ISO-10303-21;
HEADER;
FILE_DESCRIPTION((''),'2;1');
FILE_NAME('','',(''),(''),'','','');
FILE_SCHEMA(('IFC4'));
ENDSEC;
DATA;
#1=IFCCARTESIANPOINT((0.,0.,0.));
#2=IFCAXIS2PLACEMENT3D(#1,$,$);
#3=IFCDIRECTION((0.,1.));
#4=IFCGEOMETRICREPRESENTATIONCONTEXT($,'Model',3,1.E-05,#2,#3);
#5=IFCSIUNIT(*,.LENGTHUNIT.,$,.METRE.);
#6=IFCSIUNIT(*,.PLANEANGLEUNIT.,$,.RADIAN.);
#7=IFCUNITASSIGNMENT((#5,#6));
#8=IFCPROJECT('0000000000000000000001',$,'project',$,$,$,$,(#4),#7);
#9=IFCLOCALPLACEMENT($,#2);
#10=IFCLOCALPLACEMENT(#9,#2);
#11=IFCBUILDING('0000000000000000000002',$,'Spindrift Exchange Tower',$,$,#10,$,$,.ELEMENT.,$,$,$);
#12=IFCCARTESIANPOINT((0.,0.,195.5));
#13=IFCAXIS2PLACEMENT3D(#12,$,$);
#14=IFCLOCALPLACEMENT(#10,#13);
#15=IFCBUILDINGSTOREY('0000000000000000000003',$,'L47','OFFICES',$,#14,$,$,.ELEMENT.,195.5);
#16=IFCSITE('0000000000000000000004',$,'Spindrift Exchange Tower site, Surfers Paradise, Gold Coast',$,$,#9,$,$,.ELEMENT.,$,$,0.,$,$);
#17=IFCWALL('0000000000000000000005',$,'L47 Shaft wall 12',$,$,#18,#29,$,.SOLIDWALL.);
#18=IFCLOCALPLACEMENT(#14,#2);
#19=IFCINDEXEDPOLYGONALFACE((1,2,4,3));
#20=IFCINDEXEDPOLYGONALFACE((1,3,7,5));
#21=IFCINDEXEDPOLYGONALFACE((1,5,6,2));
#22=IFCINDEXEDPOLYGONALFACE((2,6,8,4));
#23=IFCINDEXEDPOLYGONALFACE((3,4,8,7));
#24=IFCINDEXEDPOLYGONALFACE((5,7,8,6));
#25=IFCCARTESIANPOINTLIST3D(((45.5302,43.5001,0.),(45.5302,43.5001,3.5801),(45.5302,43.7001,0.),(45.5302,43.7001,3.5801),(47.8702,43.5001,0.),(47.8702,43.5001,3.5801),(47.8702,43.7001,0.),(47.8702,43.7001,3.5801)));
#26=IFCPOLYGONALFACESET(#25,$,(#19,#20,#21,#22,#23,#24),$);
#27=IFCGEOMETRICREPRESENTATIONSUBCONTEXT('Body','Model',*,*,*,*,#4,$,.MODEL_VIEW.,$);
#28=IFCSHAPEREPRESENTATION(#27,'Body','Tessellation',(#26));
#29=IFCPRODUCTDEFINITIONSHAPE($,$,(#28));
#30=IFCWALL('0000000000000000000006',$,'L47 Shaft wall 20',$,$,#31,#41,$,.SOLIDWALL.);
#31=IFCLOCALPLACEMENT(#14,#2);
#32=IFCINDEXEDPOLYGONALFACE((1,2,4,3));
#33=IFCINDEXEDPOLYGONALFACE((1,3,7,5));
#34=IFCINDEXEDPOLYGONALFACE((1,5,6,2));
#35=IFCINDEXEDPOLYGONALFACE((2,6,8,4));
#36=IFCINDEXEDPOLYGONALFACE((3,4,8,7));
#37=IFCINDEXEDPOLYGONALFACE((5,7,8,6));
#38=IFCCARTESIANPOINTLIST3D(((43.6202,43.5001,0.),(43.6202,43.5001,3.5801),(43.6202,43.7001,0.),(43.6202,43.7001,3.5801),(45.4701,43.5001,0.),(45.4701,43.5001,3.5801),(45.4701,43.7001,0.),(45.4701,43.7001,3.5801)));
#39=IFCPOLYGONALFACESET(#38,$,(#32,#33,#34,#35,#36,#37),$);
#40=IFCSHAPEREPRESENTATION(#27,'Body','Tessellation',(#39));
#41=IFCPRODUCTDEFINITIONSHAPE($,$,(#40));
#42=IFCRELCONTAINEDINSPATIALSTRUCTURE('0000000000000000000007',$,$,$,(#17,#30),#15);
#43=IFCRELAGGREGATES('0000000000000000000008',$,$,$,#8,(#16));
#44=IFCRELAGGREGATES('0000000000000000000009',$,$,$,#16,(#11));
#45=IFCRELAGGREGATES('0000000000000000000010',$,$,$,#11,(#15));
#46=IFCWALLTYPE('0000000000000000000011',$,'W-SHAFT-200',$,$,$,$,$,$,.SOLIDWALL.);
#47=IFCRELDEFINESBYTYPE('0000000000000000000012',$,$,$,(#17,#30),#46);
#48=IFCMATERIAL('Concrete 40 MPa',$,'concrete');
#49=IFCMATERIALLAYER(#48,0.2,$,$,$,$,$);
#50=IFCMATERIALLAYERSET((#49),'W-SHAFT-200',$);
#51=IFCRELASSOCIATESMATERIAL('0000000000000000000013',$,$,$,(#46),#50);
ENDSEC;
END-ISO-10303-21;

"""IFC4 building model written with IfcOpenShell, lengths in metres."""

from ifc_helpers import new_model, si_unit, direction, frame, frame_2d, origin, place, context, subcontext, project, spatial, rectangle, extrude, material, layer, layer_set, type_object, element, save


model = new_model("IFC4")

# Units and contexts
model_context = context("Model", 3, precision=1e-05, world=origin(), true_north=direction((0.0, 1.0)))
body_context = subcontext(model_context, "Body", "Model", "MODEL_VIEW")
ifc_project = project(units=[si_unit("LENGTHUNIT", "METRE"), si_unit("PLANEANGLEUNIT", "RADIAN")], contexts=[model_context])

# Site, building, storey
site_placement = place(None, origin())
site = spatial("IfcSite", under=ifc_project, at=site_placement, Name="Spindrift Exchange Tower site, Surfers Paradise, Gold Coast", CompositionType="ELEMENT", RefElevation=0.0)
building_placement = place(site_placement, origin())
building = spatial("IfcBuilding", under=site, at=building_placement, Name="Spindrift Exchange Tower", CompositionType="ELEMENT")
storey_placement = place(building_placement, frame((0.0, 0.0, 195.5)))
storey = spatial("IfcBuildingStorey", under=building, at=storey_placement, Name="L47", Description="OFFICES", CompositionType="ELEMENT", Elevation=195.5)

# Shared definitions
ifc_material_1 = material(Name="Concrete 40 MPa", Category="concrete")
ifc_layer_1 = layer(ifc_material_1, 0.2)
ifc_layer_set_1 = layer_set([ifc_layer_1], Name="W-SHAFT-200")
wall_type_1 = type_object("IfcWallType", Name="W-SHAFT-200", PredefinedType="SOLIDWALL", material=ifc_layer_set_1)

# Walls
wall_1_placement = place(storey_placement, frame((47.8701, 43.6001, 0.0), z_axis=(0.0, 0.0, 1.0), x_axis=(-1.0, 0.0, 0.0)))
element("IfcWall", 1, at=wall_1_placement, inside=storey, type_object=wall_type_1, Name="L47 Shaft wall 12", PredefinedType="SOLIDWALL", context=body_context, shape_type="SweptSolid", body=[
    extrude(rectangle(XDim=2.3401, YDim=0.2, at=frame_2d((1.1699, 0.0))), origin(), (0.0, 0.0, 1.0), 3.5801),
])
wall_2_placement = place(storey_placement, frame((45.47, 43.6001, 0.0), z_axis=(0.0, 0.0, 1.0), x_axis=(-1.0, 0.0, 0.0)))
element("IfcWall", 2, at=wall_2_placement, inside=storey, type_object=wall_type_1, Name="L47 Shaft wall 20", PredefinedType="SOLIDWALL", context=body_context, shape_type="SweptSolid", body=[
    extrude(rectangle(XDim=1.8499, YDim=0.2, at=frame_2d((0.9248, 0.0))), origin(), (0.0, 0.0, 1.0), 3.5801),
])

save(model, "model.ifc")
